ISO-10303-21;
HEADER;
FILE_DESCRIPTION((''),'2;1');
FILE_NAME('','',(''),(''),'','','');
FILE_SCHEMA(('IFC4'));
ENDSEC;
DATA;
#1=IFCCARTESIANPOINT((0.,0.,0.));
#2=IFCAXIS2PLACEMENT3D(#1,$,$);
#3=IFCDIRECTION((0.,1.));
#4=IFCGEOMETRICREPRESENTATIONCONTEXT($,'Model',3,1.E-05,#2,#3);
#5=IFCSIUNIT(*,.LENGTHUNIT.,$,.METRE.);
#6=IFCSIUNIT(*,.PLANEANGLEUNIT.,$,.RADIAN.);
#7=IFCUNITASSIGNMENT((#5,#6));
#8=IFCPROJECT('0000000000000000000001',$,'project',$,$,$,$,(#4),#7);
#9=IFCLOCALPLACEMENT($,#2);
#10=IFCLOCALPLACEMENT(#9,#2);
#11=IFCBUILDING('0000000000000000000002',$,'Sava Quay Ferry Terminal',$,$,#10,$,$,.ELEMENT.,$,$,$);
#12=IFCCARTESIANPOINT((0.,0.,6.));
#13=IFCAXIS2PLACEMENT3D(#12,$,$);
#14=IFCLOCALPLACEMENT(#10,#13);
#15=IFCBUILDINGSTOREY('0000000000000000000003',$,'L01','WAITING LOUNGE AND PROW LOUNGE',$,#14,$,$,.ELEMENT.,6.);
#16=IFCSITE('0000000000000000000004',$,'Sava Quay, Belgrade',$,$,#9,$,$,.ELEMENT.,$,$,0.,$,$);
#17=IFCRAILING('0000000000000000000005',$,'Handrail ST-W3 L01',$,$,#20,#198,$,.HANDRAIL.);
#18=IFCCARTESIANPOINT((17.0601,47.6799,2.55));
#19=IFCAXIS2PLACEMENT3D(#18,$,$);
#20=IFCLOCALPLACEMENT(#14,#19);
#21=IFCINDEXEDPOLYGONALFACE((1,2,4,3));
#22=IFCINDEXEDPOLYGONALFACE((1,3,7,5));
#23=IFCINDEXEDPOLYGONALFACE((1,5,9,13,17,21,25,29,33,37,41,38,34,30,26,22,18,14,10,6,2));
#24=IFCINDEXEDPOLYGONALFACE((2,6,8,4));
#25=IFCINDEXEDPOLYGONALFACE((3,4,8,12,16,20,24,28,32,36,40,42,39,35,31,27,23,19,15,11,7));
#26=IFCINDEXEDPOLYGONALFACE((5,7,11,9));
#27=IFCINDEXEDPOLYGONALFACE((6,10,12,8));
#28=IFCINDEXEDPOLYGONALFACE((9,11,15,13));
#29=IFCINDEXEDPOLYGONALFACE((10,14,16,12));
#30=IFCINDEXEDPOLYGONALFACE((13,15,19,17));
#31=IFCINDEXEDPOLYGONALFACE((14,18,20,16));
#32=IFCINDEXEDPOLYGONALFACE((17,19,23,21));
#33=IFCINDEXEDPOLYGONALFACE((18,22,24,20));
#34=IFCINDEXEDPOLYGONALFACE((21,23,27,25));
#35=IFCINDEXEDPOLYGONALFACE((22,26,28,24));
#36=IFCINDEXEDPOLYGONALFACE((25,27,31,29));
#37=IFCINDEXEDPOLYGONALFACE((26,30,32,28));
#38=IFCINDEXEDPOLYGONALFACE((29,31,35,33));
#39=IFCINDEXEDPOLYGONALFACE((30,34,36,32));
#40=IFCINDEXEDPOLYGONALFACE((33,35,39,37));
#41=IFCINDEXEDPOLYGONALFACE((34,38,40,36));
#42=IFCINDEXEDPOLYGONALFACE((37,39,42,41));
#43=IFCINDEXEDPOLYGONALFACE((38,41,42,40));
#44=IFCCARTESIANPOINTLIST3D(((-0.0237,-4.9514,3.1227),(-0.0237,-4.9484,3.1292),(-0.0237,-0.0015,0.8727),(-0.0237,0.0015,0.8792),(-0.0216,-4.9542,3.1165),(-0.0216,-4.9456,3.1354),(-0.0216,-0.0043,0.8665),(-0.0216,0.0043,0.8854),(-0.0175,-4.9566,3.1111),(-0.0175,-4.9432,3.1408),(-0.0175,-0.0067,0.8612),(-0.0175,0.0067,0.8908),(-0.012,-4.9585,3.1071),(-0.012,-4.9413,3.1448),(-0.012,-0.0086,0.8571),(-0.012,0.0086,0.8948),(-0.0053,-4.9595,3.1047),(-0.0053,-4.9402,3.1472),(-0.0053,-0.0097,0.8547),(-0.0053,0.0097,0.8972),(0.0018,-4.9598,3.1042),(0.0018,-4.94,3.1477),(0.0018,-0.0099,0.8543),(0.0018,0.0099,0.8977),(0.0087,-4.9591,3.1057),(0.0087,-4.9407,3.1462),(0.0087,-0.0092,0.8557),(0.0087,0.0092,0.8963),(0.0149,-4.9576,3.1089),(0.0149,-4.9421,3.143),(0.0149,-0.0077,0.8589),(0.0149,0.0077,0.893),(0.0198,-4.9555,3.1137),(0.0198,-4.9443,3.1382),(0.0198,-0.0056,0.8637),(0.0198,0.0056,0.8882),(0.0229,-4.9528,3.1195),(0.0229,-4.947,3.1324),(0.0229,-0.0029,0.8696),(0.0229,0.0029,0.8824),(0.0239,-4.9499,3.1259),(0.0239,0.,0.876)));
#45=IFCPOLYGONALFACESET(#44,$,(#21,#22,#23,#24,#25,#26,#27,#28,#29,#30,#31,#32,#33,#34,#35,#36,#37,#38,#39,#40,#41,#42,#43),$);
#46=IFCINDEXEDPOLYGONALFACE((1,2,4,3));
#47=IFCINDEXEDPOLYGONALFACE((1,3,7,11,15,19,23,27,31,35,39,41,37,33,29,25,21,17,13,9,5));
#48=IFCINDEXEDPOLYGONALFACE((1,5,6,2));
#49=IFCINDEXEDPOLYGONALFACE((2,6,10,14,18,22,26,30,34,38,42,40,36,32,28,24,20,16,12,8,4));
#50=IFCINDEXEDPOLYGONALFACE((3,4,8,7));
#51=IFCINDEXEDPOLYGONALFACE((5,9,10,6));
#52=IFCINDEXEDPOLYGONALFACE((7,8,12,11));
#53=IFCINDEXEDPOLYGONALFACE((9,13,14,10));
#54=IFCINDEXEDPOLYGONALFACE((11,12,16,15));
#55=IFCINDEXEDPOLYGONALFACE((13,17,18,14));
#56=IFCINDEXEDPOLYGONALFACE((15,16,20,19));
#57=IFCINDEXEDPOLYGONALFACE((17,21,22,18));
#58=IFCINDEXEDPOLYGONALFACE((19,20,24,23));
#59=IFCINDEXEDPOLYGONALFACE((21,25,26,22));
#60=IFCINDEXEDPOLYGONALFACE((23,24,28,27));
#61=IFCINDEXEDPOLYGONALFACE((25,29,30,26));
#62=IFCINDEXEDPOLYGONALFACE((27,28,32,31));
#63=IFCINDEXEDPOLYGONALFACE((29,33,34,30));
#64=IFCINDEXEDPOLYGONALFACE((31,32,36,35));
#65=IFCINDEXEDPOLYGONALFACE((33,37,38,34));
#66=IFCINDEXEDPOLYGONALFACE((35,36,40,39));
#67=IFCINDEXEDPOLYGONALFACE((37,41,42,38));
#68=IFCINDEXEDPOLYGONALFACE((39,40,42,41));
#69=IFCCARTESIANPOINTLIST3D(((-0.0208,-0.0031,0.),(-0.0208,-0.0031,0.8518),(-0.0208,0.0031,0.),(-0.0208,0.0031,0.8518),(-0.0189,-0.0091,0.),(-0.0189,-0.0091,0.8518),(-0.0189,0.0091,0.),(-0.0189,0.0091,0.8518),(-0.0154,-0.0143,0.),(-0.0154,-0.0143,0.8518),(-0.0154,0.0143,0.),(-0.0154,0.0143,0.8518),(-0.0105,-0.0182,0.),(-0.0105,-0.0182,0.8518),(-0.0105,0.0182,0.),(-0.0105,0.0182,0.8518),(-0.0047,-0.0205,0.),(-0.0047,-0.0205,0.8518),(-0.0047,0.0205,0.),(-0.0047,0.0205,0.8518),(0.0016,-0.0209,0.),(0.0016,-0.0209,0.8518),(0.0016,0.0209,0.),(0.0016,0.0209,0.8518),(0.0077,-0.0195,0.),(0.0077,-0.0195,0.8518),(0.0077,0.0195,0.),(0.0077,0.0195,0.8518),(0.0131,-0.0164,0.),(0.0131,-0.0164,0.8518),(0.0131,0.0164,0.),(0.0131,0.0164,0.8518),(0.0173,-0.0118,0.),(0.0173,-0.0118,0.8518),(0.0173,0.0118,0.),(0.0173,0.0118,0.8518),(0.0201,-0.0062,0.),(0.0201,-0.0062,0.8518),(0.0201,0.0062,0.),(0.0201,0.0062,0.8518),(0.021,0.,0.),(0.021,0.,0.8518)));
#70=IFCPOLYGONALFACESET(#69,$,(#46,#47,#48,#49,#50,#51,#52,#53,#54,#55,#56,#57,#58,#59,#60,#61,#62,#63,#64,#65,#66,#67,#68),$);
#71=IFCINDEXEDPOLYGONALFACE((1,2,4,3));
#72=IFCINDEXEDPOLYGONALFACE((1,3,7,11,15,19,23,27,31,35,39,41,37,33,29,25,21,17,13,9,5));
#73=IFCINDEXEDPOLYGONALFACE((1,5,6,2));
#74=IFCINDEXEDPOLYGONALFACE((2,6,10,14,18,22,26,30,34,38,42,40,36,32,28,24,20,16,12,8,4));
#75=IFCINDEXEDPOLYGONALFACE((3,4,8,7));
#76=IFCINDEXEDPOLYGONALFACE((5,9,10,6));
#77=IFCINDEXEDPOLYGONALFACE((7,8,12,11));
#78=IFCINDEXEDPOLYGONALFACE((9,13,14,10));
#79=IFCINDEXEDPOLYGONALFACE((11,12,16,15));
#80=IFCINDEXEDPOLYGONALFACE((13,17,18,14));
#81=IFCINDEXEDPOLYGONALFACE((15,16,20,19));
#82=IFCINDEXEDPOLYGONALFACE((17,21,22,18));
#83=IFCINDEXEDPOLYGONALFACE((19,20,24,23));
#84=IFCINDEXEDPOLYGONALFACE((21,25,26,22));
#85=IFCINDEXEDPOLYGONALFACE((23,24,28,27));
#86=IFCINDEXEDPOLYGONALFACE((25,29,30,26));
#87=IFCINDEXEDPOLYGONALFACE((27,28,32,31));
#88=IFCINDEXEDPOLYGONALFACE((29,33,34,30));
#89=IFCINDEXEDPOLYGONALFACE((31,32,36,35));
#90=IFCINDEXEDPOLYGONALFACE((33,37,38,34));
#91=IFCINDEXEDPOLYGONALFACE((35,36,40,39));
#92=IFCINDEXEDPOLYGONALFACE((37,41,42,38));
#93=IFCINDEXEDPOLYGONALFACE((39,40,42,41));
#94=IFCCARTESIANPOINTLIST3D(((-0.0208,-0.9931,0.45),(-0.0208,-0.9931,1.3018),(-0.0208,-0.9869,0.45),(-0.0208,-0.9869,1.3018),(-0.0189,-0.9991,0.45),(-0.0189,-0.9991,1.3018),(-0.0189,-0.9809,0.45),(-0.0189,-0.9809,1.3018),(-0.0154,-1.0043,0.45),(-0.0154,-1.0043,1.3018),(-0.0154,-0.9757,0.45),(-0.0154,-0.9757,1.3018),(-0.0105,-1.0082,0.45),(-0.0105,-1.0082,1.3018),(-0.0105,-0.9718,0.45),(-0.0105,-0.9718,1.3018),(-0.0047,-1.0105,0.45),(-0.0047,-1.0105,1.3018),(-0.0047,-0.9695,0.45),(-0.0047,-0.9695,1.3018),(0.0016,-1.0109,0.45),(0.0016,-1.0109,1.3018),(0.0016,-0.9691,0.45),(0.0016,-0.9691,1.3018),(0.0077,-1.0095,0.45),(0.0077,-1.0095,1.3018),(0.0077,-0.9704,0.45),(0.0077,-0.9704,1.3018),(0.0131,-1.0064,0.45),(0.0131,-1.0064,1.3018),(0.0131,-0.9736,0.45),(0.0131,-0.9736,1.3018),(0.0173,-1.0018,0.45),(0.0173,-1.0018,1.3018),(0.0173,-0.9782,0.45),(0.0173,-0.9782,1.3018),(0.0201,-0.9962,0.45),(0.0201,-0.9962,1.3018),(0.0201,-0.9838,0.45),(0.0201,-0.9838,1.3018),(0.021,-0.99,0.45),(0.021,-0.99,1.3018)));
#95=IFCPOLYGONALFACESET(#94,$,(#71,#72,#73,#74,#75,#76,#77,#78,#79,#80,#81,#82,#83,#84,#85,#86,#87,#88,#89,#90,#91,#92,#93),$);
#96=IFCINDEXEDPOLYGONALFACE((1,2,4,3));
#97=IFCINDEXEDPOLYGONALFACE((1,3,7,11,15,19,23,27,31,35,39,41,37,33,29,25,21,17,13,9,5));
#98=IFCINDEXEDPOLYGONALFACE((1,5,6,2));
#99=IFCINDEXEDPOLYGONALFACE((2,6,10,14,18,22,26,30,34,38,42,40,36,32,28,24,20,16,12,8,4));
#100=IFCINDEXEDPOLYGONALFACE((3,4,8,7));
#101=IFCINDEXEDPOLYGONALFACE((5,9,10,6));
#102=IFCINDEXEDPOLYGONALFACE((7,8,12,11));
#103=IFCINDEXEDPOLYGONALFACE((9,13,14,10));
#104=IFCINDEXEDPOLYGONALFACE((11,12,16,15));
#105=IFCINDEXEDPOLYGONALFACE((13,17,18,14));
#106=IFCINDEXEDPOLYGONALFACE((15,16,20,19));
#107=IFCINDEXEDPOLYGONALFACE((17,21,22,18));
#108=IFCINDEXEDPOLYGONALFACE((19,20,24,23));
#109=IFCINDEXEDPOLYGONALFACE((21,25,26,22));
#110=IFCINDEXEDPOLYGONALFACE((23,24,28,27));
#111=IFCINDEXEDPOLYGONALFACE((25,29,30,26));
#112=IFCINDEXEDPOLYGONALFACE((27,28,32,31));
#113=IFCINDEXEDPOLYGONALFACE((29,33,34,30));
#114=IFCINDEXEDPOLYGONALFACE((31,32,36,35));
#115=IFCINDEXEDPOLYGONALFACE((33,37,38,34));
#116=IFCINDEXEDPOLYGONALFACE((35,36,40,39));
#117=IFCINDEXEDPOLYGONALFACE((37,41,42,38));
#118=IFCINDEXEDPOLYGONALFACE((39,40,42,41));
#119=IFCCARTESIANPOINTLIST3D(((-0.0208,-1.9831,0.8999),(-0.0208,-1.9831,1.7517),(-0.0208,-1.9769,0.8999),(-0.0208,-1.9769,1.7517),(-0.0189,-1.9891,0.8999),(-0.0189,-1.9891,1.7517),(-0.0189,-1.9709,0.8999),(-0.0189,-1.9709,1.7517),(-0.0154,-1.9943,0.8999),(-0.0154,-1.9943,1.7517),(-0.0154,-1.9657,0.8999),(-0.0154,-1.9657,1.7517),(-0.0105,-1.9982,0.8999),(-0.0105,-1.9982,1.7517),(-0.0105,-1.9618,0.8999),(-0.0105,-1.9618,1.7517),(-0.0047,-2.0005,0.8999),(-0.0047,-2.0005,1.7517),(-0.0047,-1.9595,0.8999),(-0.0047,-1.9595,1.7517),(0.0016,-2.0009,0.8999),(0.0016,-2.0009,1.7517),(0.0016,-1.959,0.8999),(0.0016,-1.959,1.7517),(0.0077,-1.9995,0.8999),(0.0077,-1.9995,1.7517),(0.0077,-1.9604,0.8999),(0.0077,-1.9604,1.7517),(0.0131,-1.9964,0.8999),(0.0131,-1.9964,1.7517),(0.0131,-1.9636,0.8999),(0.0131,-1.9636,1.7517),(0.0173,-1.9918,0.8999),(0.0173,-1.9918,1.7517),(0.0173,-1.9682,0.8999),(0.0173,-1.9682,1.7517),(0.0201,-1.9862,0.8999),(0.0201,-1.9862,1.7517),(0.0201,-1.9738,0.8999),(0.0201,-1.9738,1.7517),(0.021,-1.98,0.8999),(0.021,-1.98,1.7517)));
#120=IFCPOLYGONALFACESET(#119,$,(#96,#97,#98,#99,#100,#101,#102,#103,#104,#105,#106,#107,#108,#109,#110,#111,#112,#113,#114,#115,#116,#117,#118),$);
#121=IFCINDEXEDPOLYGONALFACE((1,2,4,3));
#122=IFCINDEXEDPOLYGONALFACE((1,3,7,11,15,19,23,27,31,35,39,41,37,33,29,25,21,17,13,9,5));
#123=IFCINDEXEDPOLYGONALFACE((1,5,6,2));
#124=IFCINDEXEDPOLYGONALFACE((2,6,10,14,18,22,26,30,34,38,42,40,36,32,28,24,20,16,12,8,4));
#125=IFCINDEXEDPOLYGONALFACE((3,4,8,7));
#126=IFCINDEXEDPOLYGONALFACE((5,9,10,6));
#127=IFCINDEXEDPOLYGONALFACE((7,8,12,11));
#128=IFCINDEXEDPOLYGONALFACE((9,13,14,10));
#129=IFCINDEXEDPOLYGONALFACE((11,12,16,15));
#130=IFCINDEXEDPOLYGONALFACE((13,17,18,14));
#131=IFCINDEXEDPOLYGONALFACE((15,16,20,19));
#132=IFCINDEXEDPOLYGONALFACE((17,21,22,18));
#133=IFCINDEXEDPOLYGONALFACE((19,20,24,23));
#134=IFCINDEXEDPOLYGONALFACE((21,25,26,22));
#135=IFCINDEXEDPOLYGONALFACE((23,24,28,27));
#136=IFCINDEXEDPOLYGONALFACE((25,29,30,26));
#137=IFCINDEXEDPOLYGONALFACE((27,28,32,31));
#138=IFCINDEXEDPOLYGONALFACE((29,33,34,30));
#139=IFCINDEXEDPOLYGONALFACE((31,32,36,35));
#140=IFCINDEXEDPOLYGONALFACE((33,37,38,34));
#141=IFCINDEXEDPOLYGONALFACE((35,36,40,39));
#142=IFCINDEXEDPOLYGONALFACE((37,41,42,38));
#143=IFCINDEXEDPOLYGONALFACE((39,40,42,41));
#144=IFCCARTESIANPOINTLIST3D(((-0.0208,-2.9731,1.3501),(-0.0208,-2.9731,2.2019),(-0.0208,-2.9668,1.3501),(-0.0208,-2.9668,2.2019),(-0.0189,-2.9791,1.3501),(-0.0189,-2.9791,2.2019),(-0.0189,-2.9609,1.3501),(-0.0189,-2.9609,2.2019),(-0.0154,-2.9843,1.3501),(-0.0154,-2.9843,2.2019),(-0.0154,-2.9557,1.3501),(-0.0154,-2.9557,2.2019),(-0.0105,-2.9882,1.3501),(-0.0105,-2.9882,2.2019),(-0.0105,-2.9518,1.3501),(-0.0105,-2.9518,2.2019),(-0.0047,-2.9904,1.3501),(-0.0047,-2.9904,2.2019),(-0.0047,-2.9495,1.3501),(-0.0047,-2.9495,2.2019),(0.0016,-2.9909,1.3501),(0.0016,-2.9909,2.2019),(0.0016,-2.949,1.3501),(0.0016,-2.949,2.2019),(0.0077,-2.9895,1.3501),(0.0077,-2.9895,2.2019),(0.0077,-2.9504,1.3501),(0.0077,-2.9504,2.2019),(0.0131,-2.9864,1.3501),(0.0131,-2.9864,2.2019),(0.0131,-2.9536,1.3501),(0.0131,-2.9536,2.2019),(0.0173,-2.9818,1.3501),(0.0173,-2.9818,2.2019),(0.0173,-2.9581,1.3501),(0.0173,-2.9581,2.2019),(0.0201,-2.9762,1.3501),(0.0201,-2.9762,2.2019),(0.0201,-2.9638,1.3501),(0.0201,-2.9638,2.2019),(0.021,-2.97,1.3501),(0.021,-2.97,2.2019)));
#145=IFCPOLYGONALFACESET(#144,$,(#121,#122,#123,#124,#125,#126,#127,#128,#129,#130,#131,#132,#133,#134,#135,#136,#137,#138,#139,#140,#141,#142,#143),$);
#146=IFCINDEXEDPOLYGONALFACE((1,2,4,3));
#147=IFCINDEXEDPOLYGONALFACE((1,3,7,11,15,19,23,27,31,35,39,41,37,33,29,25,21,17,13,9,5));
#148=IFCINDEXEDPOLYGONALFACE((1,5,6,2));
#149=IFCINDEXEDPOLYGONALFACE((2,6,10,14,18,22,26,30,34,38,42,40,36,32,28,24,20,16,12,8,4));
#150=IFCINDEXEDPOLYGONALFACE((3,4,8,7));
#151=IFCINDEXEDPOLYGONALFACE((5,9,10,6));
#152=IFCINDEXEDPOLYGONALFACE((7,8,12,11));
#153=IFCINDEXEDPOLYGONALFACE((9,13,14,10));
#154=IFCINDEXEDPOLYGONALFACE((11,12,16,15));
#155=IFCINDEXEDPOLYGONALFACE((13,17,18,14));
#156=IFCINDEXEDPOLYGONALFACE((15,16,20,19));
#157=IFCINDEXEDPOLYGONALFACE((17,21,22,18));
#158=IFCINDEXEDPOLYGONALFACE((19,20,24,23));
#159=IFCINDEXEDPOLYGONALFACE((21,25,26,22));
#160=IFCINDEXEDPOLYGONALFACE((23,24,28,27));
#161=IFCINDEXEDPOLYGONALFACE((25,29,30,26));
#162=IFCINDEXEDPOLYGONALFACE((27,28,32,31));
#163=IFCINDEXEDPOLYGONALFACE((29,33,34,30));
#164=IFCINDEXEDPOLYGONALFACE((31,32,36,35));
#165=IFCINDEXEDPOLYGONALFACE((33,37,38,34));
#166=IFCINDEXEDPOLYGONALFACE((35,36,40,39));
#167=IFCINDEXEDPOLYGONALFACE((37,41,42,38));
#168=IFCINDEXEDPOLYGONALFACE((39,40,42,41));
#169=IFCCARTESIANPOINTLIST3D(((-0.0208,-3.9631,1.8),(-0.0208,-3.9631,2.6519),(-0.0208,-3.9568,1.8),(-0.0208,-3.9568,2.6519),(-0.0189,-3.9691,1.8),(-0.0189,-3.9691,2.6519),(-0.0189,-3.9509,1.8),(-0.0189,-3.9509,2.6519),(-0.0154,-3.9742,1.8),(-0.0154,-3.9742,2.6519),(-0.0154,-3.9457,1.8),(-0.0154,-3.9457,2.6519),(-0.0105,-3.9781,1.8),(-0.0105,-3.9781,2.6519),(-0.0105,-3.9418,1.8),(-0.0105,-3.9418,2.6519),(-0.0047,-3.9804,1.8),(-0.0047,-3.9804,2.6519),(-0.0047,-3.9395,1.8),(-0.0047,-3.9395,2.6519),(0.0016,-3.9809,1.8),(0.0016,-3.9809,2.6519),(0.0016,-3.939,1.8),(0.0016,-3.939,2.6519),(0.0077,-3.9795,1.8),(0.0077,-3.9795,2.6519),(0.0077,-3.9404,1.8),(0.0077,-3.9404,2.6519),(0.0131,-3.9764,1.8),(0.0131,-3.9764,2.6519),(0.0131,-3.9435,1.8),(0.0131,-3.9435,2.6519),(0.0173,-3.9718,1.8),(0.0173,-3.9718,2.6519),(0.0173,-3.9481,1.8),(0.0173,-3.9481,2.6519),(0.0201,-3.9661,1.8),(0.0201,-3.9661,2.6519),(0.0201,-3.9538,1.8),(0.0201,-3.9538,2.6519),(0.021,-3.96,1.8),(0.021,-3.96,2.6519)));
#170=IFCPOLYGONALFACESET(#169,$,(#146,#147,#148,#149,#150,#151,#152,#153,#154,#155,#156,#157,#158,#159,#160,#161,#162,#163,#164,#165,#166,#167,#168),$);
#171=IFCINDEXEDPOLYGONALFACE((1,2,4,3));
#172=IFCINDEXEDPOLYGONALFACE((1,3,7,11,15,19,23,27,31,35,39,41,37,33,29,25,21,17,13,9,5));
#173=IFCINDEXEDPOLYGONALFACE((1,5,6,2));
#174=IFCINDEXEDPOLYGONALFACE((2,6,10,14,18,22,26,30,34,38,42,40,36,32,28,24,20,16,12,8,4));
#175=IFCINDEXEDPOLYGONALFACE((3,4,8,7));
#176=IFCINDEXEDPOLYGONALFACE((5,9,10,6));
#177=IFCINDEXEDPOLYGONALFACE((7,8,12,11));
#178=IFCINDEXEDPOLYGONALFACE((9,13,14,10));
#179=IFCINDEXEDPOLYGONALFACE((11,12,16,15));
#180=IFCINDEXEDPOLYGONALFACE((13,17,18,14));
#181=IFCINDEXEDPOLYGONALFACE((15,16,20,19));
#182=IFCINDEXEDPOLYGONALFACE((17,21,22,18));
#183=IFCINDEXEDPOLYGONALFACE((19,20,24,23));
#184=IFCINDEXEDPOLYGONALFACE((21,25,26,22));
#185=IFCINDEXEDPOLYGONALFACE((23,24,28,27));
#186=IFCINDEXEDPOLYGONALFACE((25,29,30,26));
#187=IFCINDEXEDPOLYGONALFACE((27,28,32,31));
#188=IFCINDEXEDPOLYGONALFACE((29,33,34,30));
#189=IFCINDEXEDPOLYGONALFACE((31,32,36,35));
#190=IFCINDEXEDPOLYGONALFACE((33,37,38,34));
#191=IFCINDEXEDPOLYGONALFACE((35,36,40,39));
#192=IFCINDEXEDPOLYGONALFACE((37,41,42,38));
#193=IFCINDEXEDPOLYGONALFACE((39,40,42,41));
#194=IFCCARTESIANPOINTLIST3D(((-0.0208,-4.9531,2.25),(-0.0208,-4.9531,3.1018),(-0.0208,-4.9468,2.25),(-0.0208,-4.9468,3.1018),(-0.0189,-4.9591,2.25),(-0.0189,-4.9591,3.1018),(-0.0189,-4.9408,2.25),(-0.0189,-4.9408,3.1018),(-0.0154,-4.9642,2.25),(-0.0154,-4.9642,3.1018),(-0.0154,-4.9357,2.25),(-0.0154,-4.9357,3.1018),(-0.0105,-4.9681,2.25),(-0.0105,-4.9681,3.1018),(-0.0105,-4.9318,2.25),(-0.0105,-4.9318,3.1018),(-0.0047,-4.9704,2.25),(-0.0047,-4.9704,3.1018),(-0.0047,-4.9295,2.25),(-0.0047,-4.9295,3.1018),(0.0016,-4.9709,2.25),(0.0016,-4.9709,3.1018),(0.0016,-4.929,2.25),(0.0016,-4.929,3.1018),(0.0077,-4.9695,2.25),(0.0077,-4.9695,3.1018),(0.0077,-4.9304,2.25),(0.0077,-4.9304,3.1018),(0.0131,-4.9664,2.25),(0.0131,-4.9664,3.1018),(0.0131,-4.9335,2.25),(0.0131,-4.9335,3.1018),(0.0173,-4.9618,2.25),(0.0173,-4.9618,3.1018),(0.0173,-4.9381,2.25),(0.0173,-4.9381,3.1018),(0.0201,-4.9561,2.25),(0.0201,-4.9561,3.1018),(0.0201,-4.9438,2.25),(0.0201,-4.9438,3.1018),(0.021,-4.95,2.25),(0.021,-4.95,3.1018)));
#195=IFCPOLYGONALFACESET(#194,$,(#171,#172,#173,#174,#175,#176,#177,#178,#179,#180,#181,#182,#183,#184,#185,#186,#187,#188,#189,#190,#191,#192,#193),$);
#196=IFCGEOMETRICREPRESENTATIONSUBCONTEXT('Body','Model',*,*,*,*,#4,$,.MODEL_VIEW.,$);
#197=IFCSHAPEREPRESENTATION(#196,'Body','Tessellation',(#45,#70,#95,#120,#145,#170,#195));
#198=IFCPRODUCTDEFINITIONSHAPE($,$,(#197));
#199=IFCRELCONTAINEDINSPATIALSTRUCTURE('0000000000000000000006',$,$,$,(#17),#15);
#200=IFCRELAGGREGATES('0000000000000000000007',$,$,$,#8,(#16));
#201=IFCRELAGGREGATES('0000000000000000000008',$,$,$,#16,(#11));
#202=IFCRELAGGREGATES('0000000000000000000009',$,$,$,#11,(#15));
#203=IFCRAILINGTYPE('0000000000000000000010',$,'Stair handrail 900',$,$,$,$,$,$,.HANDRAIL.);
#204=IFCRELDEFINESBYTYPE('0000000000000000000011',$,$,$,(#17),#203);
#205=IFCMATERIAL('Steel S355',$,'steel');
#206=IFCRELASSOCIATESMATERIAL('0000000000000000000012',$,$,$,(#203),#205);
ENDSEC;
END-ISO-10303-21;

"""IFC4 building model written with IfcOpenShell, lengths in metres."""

from ifc_helpers import new_model, si_unit, direction, frame, origin, origin_2d, place, context, subcontext, project, spatial, circle, extrude, material, type_object, element, save


model = new_model("IFC4")

# Units and contexts
model_context = context("Model", 3, precision=1e-05, world=origin(), true_north=direction((0.0, 1.0)))
body_context = subcontext(model_context, "Body", "Model", "MODEL_VIEW")
ifc_project = project(units=[si_unit("LENGTHUNIT", "METRE"), si_unit("PLANEANGLEUNIT", "RADIAN")], contexts=[model_context])

# Site, building, storey
site_placement = place(None, origin())
site = spatial("IfcSite", under=ifc_project, at=site_placement, Name="Sava Quay, Belgrade", CompositionType="ELEMENT", RefElevation=0.0)
building_placement = place(site_placement, origin())
building = spatial("IfcBuilding", under=site, at=building_placement, Name="Sava Quay Ferry Terminal", CompositionType="ELEMENT")
storey_placement = place(building_placement, frame((0.0, 0.0, 6.0)))
storey = spatial("IfcBuildingStorey", under=building, at=storey_placement, Name="L01", Description="WAITING LOUNGE AND PROW LOUNGE", CompositionType="ELEMENT", Elevation=6.0)

# Railing
ifc_material_1 = material(Name="Steel S355", Category="steel")
railing_type_1 = type_object("IfcRailingType", Name="Stair handrail 900", PredefinedType="HANDRAIL", material=ifc_material_1)
railing_1_placement = place(storey_placement, frame((17.0601, 47.6799, 2.55)))
element("IfcRailing", 1, at=railing_1_placement, inside=storey, type_object=railing_type_1, Name="Handrail ST-W3 L01", PredefinedType="HANDRAIL", context=body_context, shape_type="SweptSolid", body=[
    extrude(circle(Radius=0.0239, at=origin_2d()), frame((0.0, 0.0, 0.876), z_axis=(0.0, -0.910365, 0.413806), x_axis=(1.0, 0.0, 0.0)), (0.0, 0.0, 1.0), 5.4373),
    extrude(circle(Radius=0.021, at=origin_2d()), origin(), (0.0, 0.0, 1.0), 0.8518),
    extrude(circle(Radius=0.021, at=origin_2d()), frame((0.0, -0.99, 0.45)), (0.0, 0.0, 1.0), 0.8518),
    extrude(circle(Radius=0.021, at=origin_2d()), frame((0.0, -1.98, 0.8999)), (0.0, 0.0, 1.0), 0.8518),
    extrude(circle(Radius=0.021, at=origin_2d()), frame((0.0, -2.97, 1.3501)), (0.0, 0.0, 1.0), 0.8518),
    extrude(circle(Radius=0.021, at=origin_2d()), frame((0.0, -3.96, 1.8)), (0.0, 0.0, 1.0), 0.8518),
    extrude(circle(Radius=0.021, at=origin_2d()), frame((0.0, -4.95, 2.25)), (0.0, 0.0, 1.0), 0.8518),
])

save(model, "model.ifc")
